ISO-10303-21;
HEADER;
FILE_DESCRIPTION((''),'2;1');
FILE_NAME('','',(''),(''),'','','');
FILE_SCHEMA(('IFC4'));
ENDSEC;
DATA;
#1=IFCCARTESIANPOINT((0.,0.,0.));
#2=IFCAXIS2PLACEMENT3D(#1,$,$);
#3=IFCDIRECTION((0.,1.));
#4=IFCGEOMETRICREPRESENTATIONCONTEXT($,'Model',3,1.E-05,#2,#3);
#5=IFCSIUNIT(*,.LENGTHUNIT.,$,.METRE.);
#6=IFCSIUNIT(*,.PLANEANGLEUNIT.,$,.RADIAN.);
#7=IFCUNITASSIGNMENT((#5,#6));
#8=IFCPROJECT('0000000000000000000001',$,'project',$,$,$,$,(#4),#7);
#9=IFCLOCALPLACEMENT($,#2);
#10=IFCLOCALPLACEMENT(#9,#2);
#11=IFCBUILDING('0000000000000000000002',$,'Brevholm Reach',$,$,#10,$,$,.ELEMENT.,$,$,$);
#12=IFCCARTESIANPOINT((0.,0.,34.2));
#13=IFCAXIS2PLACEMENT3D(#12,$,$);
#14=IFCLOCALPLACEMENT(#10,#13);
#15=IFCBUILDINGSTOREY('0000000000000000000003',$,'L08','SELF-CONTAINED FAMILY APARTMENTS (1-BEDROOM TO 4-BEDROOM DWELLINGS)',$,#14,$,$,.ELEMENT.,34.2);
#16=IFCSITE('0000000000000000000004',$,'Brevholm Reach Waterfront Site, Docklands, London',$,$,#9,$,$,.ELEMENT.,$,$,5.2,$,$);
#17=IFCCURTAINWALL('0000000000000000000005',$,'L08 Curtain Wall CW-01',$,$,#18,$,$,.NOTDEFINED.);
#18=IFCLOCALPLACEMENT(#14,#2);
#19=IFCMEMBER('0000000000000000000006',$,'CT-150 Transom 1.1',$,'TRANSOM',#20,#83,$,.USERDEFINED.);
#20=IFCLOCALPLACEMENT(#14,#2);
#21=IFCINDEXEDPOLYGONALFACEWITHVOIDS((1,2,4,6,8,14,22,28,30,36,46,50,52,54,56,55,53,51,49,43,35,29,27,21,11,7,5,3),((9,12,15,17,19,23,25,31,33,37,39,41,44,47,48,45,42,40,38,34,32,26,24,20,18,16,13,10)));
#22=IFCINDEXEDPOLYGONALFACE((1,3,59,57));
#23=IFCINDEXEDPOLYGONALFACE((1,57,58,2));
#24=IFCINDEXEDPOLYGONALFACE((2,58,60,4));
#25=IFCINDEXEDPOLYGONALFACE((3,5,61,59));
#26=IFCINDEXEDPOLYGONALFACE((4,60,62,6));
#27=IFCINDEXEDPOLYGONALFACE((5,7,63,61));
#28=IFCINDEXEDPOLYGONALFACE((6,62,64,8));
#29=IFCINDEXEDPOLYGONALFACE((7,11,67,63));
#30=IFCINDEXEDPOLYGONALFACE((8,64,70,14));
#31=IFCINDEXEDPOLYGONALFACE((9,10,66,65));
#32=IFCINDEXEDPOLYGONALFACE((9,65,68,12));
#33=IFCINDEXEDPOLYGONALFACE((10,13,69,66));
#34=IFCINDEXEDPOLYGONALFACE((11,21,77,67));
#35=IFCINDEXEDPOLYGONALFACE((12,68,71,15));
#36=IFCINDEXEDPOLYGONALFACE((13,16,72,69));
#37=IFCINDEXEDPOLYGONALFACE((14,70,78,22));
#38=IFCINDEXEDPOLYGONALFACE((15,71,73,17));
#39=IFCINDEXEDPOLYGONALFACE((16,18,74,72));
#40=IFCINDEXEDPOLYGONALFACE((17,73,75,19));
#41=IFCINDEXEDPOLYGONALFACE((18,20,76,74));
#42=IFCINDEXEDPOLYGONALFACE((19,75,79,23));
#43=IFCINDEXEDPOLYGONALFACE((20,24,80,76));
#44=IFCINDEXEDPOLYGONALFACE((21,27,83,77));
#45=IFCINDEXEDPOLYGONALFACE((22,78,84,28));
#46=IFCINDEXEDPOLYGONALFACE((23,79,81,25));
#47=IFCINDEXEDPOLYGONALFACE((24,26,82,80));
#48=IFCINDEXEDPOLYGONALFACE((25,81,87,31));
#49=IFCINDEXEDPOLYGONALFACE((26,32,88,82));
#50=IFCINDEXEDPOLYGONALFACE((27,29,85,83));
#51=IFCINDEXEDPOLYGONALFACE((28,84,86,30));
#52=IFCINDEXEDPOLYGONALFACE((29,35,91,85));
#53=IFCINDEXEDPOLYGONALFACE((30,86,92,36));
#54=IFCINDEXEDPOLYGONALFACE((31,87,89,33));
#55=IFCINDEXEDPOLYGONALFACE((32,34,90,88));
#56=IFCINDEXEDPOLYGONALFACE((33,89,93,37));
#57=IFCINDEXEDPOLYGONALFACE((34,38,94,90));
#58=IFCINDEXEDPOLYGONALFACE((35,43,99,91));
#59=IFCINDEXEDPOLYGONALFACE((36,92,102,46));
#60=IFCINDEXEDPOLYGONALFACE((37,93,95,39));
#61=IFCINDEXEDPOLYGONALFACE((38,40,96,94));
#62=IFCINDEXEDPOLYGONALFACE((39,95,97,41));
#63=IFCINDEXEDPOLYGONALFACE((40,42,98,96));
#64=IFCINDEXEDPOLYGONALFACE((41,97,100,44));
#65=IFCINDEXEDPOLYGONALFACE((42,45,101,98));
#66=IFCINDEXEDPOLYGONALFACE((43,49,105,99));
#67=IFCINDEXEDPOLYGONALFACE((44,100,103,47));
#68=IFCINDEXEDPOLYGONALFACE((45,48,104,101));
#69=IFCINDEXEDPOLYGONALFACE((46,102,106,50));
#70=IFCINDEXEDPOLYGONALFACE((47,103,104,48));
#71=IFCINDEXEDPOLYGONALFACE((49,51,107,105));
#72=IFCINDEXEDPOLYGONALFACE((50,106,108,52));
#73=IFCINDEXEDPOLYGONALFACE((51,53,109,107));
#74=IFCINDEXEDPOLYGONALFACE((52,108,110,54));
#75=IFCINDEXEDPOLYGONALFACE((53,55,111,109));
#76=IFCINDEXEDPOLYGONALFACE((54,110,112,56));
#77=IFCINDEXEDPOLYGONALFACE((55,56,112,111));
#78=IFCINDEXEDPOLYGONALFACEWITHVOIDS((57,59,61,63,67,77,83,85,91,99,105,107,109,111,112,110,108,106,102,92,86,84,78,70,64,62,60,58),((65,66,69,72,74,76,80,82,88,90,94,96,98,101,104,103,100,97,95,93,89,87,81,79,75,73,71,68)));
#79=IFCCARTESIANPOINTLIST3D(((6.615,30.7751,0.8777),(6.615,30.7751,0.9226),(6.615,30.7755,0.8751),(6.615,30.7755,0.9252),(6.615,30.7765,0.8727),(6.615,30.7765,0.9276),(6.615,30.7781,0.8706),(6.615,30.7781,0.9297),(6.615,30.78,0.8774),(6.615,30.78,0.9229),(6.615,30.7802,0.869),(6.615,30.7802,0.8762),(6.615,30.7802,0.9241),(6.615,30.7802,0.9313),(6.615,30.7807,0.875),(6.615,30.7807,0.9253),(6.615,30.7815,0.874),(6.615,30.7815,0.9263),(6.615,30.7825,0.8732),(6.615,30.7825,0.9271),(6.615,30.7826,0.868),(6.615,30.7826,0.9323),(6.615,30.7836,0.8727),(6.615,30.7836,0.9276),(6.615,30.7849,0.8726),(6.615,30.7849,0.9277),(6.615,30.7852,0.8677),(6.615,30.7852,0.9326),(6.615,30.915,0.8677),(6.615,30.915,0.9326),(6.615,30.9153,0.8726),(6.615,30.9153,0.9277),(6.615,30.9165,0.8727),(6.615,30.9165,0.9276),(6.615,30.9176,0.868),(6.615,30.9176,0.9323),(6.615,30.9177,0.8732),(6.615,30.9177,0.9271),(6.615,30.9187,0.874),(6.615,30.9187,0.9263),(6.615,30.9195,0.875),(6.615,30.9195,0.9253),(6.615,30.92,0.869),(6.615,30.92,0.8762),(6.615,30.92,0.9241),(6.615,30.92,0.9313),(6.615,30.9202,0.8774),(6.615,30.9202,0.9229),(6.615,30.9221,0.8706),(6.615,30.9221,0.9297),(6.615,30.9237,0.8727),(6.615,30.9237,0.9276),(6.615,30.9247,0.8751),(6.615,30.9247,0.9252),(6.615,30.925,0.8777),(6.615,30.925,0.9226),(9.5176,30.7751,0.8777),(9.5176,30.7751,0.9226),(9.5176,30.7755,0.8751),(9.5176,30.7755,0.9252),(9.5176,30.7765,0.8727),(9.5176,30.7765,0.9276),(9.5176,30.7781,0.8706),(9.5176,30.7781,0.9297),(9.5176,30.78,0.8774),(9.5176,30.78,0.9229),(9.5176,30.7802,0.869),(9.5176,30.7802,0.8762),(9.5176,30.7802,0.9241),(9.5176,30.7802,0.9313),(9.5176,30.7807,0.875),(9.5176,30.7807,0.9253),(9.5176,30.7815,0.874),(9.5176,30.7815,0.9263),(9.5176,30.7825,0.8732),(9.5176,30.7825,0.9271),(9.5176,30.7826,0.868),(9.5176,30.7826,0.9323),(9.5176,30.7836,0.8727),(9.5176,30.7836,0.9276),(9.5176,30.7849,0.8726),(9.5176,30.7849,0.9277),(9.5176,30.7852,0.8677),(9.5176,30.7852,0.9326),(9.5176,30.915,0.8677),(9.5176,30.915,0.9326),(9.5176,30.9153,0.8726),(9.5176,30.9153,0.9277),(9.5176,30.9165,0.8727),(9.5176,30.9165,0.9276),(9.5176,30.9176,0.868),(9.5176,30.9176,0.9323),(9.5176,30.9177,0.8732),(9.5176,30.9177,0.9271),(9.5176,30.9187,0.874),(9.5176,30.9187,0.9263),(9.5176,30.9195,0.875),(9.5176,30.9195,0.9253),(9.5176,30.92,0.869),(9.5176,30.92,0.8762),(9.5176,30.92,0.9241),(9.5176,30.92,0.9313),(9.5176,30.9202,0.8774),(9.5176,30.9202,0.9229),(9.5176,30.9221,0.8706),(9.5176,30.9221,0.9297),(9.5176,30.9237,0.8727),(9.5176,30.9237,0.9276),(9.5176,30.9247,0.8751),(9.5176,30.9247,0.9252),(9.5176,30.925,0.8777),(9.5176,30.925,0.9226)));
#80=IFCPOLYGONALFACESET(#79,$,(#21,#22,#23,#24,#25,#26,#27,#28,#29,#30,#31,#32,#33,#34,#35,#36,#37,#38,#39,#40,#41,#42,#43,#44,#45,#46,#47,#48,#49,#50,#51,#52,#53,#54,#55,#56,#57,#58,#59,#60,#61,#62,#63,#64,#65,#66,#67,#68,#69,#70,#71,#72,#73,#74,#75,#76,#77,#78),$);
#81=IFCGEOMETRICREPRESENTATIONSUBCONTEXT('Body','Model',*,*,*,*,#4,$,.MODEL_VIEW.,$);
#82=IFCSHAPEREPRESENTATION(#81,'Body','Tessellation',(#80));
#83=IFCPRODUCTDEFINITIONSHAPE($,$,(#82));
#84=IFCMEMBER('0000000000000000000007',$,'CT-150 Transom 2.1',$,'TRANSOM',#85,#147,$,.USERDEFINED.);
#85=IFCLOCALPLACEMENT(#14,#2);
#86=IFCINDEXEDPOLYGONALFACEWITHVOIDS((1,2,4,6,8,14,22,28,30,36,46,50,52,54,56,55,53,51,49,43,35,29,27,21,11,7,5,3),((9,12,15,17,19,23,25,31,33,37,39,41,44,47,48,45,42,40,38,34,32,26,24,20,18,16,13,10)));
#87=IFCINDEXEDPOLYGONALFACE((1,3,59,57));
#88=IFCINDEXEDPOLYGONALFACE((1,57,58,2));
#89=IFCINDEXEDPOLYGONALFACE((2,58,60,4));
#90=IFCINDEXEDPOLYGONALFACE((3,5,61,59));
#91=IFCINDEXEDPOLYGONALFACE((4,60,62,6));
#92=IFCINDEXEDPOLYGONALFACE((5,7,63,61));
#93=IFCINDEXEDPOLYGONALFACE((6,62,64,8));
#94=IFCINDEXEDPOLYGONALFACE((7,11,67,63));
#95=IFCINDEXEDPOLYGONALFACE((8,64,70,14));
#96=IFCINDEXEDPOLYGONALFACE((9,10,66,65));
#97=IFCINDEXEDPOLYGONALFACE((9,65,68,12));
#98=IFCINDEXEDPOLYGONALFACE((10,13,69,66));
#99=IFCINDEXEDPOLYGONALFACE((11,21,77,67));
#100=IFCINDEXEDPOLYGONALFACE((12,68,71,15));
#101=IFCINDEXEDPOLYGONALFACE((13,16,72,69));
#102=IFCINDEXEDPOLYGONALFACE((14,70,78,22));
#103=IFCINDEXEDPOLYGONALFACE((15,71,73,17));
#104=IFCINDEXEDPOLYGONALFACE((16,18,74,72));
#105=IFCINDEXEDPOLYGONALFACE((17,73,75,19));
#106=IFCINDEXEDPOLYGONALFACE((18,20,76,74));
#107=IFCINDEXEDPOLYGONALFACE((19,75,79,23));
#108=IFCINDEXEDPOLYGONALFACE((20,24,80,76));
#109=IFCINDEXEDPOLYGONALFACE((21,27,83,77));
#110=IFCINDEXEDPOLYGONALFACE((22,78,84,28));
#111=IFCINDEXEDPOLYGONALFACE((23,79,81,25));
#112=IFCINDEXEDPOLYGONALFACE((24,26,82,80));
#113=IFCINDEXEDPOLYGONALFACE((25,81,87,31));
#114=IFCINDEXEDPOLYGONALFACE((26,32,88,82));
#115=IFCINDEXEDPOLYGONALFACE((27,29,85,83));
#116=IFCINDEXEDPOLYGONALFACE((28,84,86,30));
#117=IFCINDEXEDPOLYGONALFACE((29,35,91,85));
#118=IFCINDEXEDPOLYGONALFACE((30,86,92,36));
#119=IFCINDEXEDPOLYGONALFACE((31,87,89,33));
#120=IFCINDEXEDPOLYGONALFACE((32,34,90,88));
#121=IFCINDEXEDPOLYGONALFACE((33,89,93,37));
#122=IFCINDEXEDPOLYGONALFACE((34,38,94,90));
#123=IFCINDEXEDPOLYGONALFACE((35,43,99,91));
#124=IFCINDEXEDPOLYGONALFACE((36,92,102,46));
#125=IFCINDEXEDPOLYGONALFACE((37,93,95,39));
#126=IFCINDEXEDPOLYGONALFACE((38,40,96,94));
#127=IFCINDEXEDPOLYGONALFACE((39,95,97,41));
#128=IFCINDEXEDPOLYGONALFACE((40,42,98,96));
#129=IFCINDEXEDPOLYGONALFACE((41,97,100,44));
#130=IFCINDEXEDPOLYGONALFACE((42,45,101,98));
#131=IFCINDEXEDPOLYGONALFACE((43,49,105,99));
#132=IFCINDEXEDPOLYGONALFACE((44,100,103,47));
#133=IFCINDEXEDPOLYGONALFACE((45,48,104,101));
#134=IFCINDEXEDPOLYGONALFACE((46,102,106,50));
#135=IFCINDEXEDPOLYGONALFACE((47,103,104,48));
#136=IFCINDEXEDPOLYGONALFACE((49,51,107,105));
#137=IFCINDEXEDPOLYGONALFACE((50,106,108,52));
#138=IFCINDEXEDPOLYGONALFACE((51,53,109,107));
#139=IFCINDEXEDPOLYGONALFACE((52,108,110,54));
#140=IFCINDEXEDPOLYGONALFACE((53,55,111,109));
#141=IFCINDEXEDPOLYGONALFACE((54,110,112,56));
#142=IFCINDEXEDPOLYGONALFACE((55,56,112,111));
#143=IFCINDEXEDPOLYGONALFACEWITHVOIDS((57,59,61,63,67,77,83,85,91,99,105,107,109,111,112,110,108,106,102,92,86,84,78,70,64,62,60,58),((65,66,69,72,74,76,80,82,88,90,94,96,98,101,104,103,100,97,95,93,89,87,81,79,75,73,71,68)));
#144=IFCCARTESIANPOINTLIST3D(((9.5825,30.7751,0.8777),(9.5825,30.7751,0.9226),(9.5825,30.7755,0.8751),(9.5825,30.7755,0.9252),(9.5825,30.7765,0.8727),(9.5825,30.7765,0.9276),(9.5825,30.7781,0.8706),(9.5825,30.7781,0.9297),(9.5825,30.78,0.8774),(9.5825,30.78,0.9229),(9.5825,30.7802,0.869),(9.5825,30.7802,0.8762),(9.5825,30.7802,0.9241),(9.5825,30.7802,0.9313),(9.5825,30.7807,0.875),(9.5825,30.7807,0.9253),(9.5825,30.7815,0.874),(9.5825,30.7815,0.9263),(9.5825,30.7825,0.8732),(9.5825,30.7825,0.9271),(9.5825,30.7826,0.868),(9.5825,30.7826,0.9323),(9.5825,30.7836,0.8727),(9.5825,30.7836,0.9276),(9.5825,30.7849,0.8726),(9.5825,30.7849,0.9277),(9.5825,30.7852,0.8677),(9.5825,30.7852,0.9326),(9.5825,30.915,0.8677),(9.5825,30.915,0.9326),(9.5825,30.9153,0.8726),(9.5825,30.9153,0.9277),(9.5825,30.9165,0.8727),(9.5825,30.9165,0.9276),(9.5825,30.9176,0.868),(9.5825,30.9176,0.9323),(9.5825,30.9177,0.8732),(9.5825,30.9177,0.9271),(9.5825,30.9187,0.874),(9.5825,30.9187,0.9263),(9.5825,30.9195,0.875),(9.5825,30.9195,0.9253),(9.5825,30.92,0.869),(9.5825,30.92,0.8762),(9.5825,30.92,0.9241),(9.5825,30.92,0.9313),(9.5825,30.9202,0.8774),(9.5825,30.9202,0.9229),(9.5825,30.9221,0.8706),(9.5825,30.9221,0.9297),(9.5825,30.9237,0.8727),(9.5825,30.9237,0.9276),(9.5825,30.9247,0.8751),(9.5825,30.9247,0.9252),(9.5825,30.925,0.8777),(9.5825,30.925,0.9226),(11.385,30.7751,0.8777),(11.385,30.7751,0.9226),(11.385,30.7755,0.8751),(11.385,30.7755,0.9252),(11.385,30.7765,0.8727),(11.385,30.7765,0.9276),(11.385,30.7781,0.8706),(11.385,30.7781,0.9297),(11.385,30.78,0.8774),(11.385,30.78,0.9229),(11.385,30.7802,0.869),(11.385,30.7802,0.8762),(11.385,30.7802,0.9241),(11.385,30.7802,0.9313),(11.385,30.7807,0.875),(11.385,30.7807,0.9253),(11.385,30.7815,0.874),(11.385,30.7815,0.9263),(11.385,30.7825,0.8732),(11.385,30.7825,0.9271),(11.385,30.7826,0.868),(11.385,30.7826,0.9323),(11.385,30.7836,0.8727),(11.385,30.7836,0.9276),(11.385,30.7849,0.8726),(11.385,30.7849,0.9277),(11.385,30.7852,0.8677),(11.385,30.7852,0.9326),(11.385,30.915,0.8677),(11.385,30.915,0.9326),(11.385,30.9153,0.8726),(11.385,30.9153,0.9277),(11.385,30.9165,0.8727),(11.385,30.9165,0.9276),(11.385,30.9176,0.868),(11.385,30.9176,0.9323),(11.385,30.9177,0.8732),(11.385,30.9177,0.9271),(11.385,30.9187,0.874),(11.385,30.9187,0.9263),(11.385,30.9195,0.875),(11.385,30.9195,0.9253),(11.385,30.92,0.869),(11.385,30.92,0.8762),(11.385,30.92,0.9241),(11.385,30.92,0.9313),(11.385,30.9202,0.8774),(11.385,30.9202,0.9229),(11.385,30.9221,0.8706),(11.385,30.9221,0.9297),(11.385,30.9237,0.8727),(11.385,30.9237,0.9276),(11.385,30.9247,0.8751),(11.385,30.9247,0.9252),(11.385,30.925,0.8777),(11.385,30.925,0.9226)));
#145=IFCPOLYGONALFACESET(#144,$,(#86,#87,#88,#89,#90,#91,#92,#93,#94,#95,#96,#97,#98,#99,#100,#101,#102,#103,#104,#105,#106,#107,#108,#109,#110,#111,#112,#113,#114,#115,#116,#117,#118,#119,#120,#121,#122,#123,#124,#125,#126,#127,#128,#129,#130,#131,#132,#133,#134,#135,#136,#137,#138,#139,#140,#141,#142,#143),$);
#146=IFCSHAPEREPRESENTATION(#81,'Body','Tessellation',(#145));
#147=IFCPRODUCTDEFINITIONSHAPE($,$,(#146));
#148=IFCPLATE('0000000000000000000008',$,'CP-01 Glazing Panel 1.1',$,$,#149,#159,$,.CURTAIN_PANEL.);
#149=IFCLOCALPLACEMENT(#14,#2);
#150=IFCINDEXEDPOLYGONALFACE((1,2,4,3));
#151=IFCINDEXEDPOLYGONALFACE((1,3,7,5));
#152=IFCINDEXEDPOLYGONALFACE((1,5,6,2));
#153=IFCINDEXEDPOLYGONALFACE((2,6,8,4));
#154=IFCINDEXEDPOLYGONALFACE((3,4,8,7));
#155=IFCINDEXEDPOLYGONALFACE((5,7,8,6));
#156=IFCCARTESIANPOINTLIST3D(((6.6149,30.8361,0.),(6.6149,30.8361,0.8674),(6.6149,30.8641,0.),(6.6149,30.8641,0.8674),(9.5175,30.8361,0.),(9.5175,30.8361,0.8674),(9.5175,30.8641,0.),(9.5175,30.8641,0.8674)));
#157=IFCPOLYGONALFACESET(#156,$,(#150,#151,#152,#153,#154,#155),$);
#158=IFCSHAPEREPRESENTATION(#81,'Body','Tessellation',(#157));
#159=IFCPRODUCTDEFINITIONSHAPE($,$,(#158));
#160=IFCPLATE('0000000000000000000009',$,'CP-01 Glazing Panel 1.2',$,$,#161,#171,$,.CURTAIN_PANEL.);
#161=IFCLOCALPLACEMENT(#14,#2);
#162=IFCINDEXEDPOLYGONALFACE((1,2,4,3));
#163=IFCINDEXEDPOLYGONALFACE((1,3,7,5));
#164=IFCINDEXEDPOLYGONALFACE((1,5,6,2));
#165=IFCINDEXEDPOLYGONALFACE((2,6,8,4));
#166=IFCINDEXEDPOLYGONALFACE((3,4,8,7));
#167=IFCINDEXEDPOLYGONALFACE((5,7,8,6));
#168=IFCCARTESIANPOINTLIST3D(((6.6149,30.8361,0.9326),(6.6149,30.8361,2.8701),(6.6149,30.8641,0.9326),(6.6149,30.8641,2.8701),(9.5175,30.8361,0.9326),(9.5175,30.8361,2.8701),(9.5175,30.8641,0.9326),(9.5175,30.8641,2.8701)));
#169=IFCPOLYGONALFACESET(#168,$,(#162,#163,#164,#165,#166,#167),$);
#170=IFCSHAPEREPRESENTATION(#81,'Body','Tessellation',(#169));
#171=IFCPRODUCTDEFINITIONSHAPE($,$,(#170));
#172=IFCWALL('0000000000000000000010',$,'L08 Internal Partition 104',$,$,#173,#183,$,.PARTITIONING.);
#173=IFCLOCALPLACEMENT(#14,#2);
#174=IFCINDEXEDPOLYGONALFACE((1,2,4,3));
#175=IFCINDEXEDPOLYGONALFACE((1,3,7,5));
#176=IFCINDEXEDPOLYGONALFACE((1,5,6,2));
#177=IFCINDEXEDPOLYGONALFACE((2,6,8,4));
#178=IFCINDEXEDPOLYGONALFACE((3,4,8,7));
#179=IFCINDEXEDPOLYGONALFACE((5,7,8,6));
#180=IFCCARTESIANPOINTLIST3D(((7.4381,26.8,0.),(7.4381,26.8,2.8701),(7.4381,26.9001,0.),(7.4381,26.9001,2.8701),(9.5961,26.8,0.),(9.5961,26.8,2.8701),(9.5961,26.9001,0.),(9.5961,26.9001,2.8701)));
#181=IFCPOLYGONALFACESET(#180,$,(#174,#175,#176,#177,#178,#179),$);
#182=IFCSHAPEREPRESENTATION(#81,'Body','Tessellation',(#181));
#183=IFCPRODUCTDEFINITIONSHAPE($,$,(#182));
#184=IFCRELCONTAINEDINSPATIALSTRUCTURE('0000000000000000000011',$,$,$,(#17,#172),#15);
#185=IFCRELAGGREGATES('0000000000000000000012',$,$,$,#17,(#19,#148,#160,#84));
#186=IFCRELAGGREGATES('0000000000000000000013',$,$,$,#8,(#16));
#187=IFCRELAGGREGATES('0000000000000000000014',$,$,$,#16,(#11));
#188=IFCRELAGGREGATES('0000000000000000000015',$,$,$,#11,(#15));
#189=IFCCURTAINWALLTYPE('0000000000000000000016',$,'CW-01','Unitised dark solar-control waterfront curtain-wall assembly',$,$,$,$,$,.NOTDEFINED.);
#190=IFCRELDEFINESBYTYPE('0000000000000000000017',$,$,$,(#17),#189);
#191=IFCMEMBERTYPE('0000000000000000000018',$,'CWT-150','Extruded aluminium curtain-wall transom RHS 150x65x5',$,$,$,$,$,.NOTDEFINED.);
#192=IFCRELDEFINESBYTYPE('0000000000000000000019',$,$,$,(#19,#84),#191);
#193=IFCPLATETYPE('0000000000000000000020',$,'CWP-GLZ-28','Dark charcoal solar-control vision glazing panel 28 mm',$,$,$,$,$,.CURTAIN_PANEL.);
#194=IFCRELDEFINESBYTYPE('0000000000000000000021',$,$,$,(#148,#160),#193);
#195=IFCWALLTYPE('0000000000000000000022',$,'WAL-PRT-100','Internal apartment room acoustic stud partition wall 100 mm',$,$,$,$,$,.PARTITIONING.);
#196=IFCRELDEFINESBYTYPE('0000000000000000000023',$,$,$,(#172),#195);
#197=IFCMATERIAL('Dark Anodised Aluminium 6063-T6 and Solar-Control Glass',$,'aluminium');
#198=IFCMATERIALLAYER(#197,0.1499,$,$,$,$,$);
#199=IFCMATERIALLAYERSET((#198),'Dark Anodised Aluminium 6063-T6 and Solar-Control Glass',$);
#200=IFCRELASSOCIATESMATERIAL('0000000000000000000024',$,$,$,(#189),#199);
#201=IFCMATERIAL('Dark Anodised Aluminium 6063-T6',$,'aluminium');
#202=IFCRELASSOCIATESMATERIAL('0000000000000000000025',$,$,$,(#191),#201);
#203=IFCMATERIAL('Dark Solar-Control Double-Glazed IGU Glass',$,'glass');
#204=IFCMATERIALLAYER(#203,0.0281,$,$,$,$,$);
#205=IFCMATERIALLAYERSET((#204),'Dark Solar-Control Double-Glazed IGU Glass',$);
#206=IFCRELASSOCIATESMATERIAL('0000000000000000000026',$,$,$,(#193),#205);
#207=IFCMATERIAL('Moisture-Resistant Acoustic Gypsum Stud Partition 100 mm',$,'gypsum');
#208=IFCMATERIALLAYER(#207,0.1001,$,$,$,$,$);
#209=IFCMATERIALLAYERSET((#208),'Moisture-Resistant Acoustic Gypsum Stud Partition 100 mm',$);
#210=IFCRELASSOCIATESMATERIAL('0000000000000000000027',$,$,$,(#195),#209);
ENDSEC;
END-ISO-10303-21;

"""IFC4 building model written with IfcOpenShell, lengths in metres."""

from ifc_helpers import new_model, si_unit, direction, frame, frame_2d, origin, origin_2d, place, context, subcontext, project, spatial, rectangle, hollow_rectangle, extrude, material, layer, layer_set, material_profile, profile_set, type_object, element, aggregate, save


model = new_model("IFC4")

# Units and contexts
model_context = context("Model", 3, precision=1e-05, world=origin(), true_north=direction((0.0, 1.0)))
body_context = subcontext(model_context, "Body", "Model", "MODEL_VIEW")
ifc_project = project(units=[si_unit("LENGTHUNIT", "METRE"), si_unit("PLANEANGLEUNIT", "RADIAN")], contexts=[model_context])

# Site, building, storey
site_placement = place(None, origin())
site = spatial("IfcSite", under=ifc_project, at=site_placement, Name="Brevholm Reach Waterfront Site, Docklands, London", CompositionType="ELEMENT", RefElevation=5.2)
building_placement = place(site_placement, origin())
building = spatial("IfcBuilding", under=site, at=building_placement, Name="Brevholm Reach", CompositionType="ELEMENT")
storey_placement = place(building_placement, frame((0.0, 0.0, 34.2)))
storey = spatial("IfcBuildingStorey", under=building, at=storey_placement, Name="L08", Description="SELF-CONTAINED FAMILY APARTMENTS (1-BEDROOM TO 4-BEDROOM DWELLINGS)", CompositionType="ELEMENT", Elevation=34.2)

# Curtain wall, members, plates
ifc_material_1 = material(Name="Dark Anodised Aluminium 6063-T6 and Solar-Control Glass", Category="aluminium")
ifc_layer_1 = layer(ifc_material_1, 0.1499)
ifc_layer_set_1 = layer_set([ifc_layer_1], Name="Dark Anodised Aluminium 6063-T6 and Solar-Control Glass")
curtain_wall_type = type_object("IfcCurtainWallType", Name="CW-01", Description="Unitised dark solar-control waterfront curtain-wall assembly", PredefinedType="NOTDEFINED", material=ifc_layer_set_1)
curtain_wall_placement = place(storey_placement, origin())
curtain_wall = element("IfcCurtainWall", 1, at=curtain_wall_placement, inside=storey, type_object=curtain_wall_type, Name="L08 Curtain Wall CW-01", PredefinedType="NOTDEFINED")
ifc_material_2 = material(Name="Dark Anodised Aluminium 6063-T6", Category="aluminium")
ifc_material_profile_1 = material_profile(ifc_material_2, hollow_rectangle(XDim=0.0649, YDim=0.1499, WallThickness=0.0049, InnerFilletRadius=0.0049, OuterFilletRadius=0.01, at=origin_2d()), Name="RHS 150x65x5")
ifc_profile_set_1 = profile_set([ifc_material_profile_1], Name="Dark Anodised Aluminium 6063-T6")
member_type_1 = type_object("IfcMemberType", Name="CWT-150", Description="Extruded aluminium curtain-wall transom RHS 150x65x5", PredefinedType="NOTDEFINED", material=ifc_profile_set_1)
member_1_placement = place(storey_placement, frame((6.615, 30.8501, 0.9001), z_axis=(1.0, 0.0, 0.0), x_axis=(0.0, 0.0, 1.0)))
member_1 = element("IfcMember", 2, at=member_1_placement, type_object=member_type_1, Name="CT-150 Transom 1.1", ObjectType="TRANSOM", PredefinedType="USERDEFINED", context=body_context, shape_type="SweptSolid", body=[
    extrude(hollow_rectangle(XDim=0.0649, YDim=0.1499, WallThickness=0.0049, InnerFilletRadius=0.0049, OuterFilletRadius=0.01, at=origin_2d()), origin(), (0.0, 0.0, 1.0), 2.9026),
])
member_2_placement = place(storey_placement, frame((9.5825, 30.8501, 0.9001), z_axis=(1.0, 0.0, 0.0), x_axis=(0.0, 0.0, 1.0)))
member_2 = element("IfcMember", 3, at=member_2_placement, type_object=member_type_1, Name="CT-150 Transom 2.1", ObjectType="TRANSOM", PredefinedType="USERDEFINED", context=body_context, shape_type="SweptSolid", body=[
    extrude(hollow_rectangle(XDim=0.0649, YDim=0.1499, WallThickness=0.0049, InnerFilletRadius=0.0049, OuterFilletRadius=0.01, at=origin_2d()), origin(), (0.0, 0.0, 1.0), 1.8025),
])
ifc_material_3 = material(Name="Dark Solar-Control Double-Glazed IGU Glass", Category="glass")
ifc_layer_2 = layer(ifc_material_3, 0.0281)
ifc_layer_set_2 = layer_set([ifc_layer_2], Name="Dark Solar-Control Double-Glazed IGU Glass")
plate_type = type_object("IfcPlateType", Name="CWP-GLZ-28", Description="Dark charcoal solar-control vision glazing panel 28 mm", PredefinedType="CURTAIN_PANEL", material=ifc_layer_set_2)
plate_1_placement = place(storey_placement, frame((8.0662, 30.8501, 0.0), z_axis=(0.0, 0.0, 1.0), x_axis=(1.0, 0.0, 0.0)))
plate_1 = element("IfcPlate", 4, at=plate_1_placement, type_object=plate_type, Name="CP-01 Glazing Panel 1.1", PredefinedType="CURTAIN_PANEL", context=body_context, shape_type="SweptSolid", body=[
    extrude(rectangle(XDim=2.9026, YDim=0.0281, at=origin_2d()), origin(), (0.0, 0.0, 1.0), 0.8674),
])
plate_2_placement = place(storey_placement, frame((8.0662, 30.8501, 0.9326), z_axis=(0.0, 0.0, 1.0), x_axis=(1.0, 0.0, 0.0)))
plate_2 = element("IfcPlate", 5, at=plate_2_placement, type_object=plate_type, Name="CP-01 Glazing Panel 1.2", PredefinedType="CURTAIN_PANEL", context=body_context, shape_type="SweptSolid", body=[
    extrude(rectangle(XDim=2.9026, YDim=0.0281, at=origin_2d()), origin(), (0.0, 0.0, 1.0), 1.9375),
])
aggregate(curtain_wall, [member_1, plate_1, plate_2, member_2])

# Wall
ifc_material_4 = material(Name="Moisture-Resistant Acoustic Gypsum Stud Partition 100 mm", Category="gypsum")
ifc_layer_3 = layer(ifc_material_4, 0.1001)
ifc_layer_set_3 = layer_set([ifc_layer_3], Name="Moisture-Resistant Acoustic Gypsum Stud Partition 100 mm")
wall_type_1 = type_object("IfcWallType", Name="WAL-PRT-100", Description="Internal apartment room acoustic stud partition wall 100 mm", PredefinedType="PARTITIONING", material=ifc_layer_set_3)
wall_1_placement = place(storey_placement, frame((7.438, 26.8501, 0.0), z_axis=(0.0, 0.0, 1.0), x_axis=(1.0, 0.0, 0.0)))
element("IfcWall", 6, at=wall_1_placement, inside=storey, type_object=wall_type_1, Name="L08 Internal Partition 104", PredefinedType="PARTITIONING", context=body_context, shape_type="SweptSolid", body=[
    extrude(rectangle(XDim=2.158, YDim=0.1001, at=frame_2d((1.0791, 0.0))), origin(), (0.0, 0.0, 1.0), 2.8701),
])

save(model, "model.ifc")
